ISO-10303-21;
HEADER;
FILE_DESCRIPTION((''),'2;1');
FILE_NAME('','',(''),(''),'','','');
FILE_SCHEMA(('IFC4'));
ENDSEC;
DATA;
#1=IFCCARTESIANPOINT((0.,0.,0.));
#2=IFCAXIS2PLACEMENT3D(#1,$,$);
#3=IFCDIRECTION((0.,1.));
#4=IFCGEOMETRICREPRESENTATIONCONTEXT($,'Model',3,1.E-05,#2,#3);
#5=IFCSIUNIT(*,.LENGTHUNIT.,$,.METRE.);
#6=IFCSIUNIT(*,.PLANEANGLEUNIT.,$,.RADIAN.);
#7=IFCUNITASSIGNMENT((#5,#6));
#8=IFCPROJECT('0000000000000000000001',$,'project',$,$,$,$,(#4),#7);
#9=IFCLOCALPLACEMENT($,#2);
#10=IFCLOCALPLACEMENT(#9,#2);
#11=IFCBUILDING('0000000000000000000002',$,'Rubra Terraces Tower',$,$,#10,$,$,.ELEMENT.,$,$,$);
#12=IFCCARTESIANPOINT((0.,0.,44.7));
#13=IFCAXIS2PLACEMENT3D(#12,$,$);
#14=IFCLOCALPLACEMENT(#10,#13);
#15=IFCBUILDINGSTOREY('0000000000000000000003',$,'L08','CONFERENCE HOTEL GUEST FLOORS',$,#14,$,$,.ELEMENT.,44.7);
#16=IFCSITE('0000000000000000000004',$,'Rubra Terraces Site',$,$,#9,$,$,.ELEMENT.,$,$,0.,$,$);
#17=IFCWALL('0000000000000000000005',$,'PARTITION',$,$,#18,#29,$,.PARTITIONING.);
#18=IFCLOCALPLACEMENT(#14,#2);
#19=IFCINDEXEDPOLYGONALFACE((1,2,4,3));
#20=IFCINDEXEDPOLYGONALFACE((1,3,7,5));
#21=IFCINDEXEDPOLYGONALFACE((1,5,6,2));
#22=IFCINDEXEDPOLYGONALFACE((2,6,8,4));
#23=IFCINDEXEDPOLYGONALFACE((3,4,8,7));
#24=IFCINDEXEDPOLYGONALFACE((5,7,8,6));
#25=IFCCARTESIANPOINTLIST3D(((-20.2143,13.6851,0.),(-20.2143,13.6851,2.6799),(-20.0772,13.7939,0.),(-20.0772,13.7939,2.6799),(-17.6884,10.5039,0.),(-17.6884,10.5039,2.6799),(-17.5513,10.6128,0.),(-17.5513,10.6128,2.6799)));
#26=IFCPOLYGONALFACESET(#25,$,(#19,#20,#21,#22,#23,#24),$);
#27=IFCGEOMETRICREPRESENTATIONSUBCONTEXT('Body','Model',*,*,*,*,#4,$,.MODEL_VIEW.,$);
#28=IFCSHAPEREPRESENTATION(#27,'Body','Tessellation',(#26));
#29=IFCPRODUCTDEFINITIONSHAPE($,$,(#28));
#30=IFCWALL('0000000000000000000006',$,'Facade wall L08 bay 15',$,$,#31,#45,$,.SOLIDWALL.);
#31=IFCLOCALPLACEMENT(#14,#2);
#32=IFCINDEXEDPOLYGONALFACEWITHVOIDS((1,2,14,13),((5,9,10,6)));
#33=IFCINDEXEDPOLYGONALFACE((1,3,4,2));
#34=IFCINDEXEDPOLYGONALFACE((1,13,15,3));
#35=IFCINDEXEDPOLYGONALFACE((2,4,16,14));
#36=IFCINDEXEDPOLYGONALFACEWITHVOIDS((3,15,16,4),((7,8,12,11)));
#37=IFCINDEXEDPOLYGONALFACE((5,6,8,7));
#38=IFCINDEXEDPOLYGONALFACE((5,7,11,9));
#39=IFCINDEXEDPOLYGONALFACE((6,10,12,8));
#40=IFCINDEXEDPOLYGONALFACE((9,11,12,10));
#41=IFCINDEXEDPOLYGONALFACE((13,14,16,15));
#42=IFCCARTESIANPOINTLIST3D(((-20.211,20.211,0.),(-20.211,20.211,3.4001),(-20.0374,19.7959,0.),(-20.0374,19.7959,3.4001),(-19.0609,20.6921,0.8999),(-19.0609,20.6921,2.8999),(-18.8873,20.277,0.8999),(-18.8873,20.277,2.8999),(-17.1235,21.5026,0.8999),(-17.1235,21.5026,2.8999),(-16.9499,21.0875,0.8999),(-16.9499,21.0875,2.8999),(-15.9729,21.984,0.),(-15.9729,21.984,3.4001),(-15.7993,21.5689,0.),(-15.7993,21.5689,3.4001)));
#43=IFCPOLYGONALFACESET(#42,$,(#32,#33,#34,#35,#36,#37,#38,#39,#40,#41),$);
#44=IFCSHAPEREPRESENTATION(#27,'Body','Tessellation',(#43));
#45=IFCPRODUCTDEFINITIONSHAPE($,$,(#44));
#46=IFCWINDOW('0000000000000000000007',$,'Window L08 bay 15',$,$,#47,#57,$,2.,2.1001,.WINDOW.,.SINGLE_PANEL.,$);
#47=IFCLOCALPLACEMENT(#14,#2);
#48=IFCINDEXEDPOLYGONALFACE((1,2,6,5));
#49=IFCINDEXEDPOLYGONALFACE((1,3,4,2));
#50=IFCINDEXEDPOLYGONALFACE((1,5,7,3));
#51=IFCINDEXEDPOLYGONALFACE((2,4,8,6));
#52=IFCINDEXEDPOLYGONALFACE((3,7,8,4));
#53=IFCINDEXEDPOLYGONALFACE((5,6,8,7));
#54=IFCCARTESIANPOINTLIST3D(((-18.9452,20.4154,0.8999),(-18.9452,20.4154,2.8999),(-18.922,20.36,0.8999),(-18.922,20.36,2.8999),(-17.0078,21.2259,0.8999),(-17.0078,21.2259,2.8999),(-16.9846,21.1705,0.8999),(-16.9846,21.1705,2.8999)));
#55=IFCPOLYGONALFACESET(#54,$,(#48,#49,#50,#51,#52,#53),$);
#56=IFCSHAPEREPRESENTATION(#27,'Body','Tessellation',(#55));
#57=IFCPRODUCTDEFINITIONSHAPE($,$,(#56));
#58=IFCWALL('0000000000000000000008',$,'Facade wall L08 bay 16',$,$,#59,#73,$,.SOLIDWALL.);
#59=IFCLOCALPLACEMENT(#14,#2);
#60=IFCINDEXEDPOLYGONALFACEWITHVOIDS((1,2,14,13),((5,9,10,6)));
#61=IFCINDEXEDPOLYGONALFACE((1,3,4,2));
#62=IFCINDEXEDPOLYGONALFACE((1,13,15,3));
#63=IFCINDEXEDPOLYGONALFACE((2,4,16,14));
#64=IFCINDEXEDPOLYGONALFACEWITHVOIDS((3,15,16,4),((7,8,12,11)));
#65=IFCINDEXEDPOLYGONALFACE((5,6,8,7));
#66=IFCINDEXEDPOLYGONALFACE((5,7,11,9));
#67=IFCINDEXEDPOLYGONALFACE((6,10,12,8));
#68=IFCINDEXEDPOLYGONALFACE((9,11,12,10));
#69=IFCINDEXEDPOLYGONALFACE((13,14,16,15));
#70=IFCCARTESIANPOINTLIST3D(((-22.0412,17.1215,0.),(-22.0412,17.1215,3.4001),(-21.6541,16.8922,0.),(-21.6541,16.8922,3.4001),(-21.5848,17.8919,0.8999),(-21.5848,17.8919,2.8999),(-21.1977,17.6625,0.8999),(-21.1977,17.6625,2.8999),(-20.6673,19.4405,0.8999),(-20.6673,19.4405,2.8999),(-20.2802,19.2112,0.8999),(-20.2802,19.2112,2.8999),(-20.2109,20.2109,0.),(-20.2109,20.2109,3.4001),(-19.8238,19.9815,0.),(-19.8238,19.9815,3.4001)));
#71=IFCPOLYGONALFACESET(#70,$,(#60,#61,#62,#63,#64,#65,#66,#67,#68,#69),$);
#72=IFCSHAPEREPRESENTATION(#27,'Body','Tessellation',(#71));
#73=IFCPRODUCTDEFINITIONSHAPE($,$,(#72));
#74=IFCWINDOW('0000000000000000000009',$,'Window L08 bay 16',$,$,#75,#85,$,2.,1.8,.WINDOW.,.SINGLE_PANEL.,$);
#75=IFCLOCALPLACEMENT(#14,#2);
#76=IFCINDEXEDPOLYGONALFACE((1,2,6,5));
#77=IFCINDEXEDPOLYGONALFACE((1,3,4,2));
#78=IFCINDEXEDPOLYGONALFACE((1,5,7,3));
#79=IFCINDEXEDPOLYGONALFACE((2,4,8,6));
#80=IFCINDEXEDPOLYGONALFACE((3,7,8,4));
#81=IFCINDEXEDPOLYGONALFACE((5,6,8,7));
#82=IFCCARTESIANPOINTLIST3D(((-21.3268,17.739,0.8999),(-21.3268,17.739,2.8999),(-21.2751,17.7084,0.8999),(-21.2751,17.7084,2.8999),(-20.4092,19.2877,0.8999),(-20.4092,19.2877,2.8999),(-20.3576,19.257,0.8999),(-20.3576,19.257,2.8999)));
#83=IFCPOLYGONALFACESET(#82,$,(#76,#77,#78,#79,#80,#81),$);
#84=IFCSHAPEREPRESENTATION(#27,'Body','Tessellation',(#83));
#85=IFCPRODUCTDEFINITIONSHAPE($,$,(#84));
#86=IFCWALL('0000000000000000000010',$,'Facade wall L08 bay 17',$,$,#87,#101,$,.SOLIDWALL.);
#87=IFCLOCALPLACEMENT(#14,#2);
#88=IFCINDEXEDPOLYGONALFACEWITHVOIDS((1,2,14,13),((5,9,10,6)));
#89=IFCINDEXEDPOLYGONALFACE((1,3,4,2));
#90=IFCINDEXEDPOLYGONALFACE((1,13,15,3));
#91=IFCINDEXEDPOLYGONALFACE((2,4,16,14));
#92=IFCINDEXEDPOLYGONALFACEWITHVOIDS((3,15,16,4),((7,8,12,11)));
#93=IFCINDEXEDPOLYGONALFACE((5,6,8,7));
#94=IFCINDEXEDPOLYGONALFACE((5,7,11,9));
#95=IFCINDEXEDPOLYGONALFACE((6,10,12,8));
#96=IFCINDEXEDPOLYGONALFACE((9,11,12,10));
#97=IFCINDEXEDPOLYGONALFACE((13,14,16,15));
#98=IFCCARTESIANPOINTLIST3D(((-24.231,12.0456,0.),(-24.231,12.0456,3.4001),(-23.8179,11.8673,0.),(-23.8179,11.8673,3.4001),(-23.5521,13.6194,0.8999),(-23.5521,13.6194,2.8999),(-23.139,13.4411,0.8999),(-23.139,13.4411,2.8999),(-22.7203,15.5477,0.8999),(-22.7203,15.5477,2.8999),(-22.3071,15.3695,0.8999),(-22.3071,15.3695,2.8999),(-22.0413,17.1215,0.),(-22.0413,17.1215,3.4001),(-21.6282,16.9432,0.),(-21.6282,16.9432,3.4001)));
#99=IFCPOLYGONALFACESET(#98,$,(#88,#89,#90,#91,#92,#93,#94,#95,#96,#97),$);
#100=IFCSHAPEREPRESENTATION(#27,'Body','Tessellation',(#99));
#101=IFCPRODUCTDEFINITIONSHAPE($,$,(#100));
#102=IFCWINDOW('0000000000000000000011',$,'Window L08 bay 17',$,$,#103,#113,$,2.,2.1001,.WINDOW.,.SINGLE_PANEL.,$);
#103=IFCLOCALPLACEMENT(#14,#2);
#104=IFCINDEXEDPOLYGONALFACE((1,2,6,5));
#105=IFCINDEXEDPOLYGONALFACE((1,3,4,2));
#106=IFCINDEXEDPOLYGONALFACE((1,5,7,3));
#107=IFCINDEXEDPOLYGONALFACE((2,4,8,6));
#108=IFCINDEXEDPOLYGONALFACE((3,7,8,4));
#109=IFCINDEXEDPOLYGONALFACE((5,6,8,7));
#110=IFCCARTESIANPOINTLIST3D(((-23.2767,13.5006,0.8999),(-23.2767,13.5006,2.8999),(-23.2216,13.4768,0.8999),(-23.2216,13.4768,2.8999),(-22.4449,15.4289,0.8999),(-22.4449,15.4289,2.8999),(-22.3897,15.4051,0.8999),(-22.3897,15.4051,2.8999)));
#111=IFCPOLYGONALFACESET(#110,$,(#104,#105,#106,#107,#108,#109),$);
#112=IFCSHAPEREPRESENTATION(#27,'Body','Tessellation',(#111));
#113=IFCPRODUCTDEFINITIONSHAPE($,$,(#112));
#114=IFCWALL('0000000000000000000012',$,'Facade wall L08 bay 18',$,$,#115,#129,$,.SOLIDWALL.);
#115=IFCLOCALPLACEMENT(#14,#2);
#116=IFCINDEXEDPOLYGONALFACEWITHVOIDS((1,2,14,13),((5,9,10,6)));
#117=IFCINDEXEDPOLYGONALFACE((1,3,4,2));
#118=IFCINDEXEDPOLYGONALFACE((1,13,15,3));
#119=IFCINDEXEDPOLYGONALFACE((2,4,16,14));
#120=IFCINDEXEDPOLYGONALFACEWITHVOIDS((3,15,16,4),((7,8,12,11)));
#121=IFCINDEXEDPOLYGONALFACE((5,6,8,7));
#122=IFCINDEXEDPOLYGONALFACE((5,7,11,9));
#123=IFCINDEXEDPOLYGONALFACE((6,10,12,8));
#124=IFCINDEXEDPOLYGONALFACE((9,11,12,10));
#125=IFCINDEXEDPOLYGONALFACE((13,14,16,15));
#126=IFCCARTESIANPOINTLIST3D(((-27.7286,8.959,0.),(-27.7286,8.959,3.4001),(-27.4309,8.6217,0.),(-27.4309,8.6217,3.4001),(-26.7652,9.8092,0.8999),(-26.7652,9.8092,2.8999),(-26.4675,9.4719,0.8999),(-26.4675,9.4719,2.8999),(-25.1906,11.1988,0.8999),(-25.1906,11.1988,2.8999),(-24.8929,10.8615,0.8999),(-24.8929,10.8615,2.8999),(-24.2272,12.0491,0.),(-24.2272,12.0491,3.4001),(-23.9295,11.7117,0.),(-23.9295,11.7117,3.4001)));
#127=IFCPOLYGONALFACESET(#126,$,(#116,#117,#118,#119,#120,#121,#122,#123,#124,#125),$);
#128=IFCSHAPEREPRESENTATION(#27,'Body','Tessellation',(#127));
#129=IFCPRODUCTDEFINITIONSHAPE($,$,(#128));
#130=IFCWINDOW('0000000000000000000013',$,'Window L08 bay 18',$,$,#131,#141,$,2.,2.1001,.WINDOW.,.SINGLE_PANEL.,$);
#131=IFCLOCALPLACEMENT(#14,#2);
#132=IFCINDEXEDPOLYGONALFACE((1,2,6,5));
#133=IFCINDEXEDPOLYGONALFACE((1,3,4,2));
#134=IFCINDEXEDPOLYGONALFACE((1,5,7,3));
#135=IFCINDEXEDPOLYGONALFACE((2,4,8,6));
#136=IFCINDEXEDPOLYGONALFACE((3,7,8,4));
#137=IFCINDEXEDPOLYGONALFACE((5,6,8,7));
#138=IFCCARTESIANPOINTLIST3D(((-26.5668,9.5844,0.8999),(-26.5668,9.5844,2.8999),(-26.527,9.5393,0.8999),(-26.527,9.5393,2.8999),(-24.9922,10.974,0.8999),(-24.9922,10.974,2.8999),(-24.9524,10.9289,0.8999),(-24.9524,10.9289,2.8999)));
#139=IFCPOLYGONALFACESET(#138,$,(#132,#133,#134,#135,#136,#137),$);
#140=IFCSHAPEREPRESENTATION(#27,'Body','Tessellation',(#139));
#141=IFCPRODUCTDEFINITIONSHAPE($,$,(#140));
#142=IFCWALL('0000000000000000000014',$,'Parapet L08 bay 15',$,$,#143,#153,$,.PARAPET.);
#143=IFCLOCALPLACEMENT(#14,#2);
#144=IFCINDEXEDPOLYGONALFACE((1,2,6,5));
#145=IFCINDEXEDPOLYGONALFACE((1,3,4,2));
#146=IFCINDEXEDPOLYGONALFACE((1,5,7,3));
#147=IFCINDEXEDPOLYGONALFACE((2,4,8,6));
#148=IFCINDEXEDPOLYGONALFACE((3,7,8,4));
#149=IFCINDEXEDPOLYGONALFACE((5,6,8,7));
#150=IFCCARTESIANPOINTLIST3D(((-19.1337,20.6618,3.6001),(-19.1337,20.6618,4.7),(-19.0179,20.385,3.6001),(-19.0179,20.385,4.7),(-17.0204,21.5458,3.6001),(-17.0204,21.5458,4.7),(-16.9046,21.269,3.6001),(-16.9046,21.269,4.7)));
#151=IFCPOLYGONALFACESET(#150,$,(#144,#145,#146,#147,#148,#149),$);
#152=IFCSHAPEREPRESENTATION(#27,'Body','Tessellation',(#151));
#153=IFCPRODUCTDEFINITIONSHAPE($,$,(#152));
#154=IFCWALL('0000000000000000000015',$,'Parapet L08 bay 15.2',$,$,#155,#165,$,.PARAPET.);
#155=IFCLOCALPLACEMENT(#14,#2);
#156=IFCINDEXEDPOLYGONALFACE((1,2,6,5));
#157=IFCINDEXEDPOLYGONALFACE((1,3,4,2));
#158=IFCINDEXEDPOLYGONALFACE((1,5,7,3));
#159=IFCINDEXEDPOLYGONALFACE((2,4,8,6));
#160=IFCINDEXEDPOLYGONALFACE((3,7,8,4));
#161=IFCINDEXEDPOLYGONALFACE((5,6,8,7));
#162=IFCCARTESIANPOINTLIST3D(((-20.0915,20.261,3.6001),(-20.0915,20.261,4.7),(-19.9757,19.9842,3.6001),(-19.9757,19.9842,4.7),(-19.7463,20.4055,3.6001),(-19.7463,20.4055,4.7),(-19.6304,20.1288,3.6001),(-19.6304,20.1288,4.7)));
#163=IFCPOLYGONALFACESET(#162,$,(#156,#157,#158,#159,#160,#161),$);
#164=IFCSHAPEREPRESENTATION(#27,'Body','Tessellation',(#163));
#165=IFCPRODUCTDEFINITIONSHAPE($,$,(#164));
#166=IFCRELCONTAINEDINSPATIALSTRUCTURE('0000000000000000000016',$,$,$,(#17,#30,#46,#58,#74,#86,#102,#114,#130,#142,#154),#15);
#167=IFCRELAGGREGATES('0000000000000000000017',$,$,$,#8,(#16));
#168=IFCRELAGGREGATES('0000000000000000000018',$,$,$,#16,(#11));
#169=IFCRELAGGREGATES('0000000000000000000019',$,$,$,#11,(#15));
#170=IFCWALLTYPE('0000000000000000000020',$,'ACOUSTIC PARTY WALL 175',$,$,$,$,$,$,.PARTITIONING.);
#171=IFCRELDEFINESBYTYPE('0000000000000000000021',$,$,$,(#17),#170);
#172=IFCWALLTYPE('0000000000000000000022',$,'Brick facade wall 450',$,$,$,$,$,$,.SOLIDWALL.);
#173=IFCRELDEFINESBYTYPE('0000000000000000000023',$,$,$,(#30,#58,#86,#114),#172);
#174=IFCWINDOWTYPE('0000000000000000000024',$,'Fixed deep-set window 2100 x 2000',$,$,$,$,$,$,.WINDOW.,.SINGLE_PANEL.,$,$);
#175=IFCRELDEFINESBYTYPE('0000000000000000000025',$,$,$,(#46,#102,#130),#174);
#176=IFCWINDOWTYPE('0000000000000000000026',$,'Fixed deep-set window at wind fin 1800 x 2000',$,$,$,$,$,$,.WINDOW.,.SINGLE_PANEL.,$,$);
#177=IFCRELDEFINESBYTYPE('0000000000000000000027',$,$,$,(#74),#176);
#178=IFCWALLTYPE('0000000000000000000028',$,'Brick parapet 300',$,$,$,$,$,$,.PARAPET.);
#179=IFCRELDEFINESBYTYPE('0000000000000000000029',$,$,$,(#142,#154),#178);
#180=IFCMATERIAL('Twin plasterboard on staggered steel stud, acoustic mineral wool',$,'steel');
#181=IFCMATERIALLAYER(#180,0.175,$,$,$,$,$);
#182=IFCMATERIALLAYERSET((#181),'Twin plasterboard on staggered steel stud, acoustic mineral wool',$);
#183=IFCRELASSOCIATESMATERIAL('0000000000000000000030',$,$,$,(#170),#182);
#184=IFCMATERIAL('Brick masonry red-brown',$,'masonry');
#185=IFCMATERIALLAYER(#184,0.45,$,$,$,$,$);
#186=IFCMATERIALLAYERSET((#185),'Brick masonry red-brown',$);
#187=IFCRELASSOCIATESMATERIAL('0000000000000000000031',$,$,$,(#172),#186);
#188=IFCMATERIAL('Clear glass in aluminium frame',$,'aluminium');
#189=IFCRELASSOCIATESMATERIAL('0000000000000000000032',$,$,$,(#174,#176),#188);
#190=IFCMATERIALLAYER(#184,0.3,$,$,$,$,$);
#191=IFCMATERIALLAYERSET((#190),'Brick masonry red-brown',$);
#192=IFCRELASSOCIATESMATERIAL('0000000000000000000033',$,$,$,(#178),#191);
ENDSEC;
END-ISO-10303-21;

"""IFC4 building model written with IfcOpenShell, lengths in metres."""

from ifc_helpers import new_model, si_unit, direction, frame, frame_2d, origin, place, context, subcontext, project, spatial, rectangle, extrude, material, layer, layer_set, type_object, element, fill, save


model = new_model("IFC4")

# Units and contexts
model_context = context("Model", 3, precision=1e-05, world=origin(), true_north=direction((0.0, 1.0)))
body_context = subcontext(model_context, "Body", "Model", "MODEL_VIEW")
ifc_project = project(units=[si_unit("LENGTHUNIT", "METRE"), si_unit("PLANEANGLEUNIT", "RADIAN")], contexts=[model_context])

# Site, building, storey
site_placement = place(None, origin())
site = spatial("IfcSite", under=ifc_project, at=site_placement, Name="Rubra Terraces Site", CompositionType="ELEMENT", RefElevation=0.0)
building_placement = place(site_placement, origin())
building = spatial("IfcBuilding", under=site, at=building_placement, Name="Rubra Terraces Tower", CompositionType="ELEMENT")
storey_placement = place(building_placement, frame((0.0, 0.0, 44.7)))
storey = spatial("IfcBuildingStorey", under=building, at=storey_placement, Name="L08", Description="CONFERENCE HOTEL GUEST FLOORS", CompositionType="ELEMENT", Elevation=44.7)

# Wall
ifc_material_1 = material(Name="Twin plasterboard on staggered steel stud, acoustic mineral wool", Category="steel")
ifc_layer_1 = layer(ifc_material_1, 0.175)
ifc_layer_set_1 = layer_set([ifc_layer_1], Name="Twin plasterboard on staggered steel stud, acoustic mineral wool")
wall_type_1 = type_object("IfcWallType", Name="ACOUSTIC PARTY WALL 175", PredefinedType="PARTITIONING", material=ifc_layer_set_1)
wall_1_placement = place(storey_placement, frame((-20.1458, 13.7395, 0.0), z_axis=(0.0, 0.0, 1.0), x_axis=(0.621832, -0.78315, 0.0)))
element("IfcWall", 1, at=wall_1_placement, inside=storey, type_object=wall_type_1, Name="PARTITION", PredefinedType="PARTITIONING", context=body_context, shape_type="SweptSolid", body=[
    extrude(rectangle(XDim=4.062, YDim=0.175, at=frame_2d((2.031, 0.0))), origin(), (0.0, 0.0, 1.0), 2.6799),
])

# Walls, openings, windows
ifc_material_2 = material(Name="Brick masonry red-brown", Category="masonry")
ifc_layer_2 = layer(ifc_material_2, 0.45)
ifc_layer_set_2 = layer_set([ifc_layer_2], Name="Brick masonry red-brown")
wall_type_2 = type_object("IfcWallType", Name="Brick facade wall 450", PredefinedType="SOLIDWALL", material=ifc_layer_set_2)
wall_2_placement = place(storey_placement, frame((-15.8862, 21.7764, 0.0), z_axis=(0.0, 0.0, 1.0), x_axis=(-0.922527, -0.385932, 0.0)))
wall_2 = element("IfcWall", 2, at=wall_2_placement, inside=storey, type_object=wall_type_2, Name="Facade wall L08 bay 15", PredefinedType="SOLIDWALL", context=body_context, shape_type="SweptSolid", body=[
    extrude(rectangle(XDim=4.594, YDim=0.45, at=frame_2d((2.2969, 0.0))), origin(), (0.0, 0.0, 1.0), 3.4001),
])
opening_1_placement = place(wall_2_placement, frame((1.2471, 0.0, 0.8999)))
opening_1 = element("IfcOpeningElement", 3, at=opening_1_placement, cuts=wall_2, PredefinedType="OPENING", context=body_context, shape_type="SweptSolid", body=[
    extrude(rectangle(XDim=2.1001, YDim=2.0, at=frame_2d((1.05, 1.0))), frame((0.0, 0.2349, 0.0), z_axis=(0.0, -1.0, 0.0), x_axis=(1.0, 0.0, 0.0)), (0.0, 0.0, 1.0), 0.47),
])
ifc_material_3 = material(Name="Clear glass in aluminium frame", Category="aluminium")
window_type_1 = type_object("IfcWindowType", Name="Fixed deep-set window 2100 x 2000", PartitioningType="SINGLE_PANEL", PredefinedType="WINDOW", material=ifc_material_3)
window_1_placement = place(opening_1_placement, origin())
window_1 = element("IfcWindow", 4, at=window_1_placement, inside=storey, type_object=window_type_1, Name="Window L08 bay 15", OverallHeight=2.0, OverallWidth=2.1001, PartitioningType="SINGLE_PANEL", PredefinedType="WINDOW", context=body_context, shape_type="SweptSolid", body=[
    extrude(rectangle(XDim=2.1001, YDim=2.0, at=frame_2d((1.05, 1.0))), frame((0.0, 0.135, 0.0), z_axis=(0.0, -1.0, 0.0), x_axis=(1.0, 0.0, 0.0)), (0.0, 0.0, 1.0), 0.0601),
])
fill(opening_1, window_1)
wall_3_placement = place(storey_placement, frame((-20.0173, 20.0962, 0.0), z_axis=(0.0, 0.0, 1.0), x_axis=(-0.509719, -0.860341, 0.0)))
wall_3 = element("IfcWall", 5, at=wall_3_placement, inside=storey, type_object=wall_type_2, Name="Facade wall L08 bay 16", PredefinedType="SOLIDWALL", context=body_context, shape_type="SweptSolid", body=[
    extrude(rectangle(XDim=3.5908, YDim=0.45, at=frame_2d((1.7954, 0.0))), origin(), (0.0, 0.0, 1.0), 3.4001),
])
opening_2_placement = place(wall_3_placement, frame((0.8955, 0.0, 0.8999)))
opening_2 = element("IfcOpeningElement", 6, at=opening_2_placement, cuts=wall_3, PredefinedType="OPENING", context=body_context, shape_type="SweptSolid", body=[
    extrude(rectangle(XDim=1.8, YDim=2.0, at=frame_2d((0.8999, 1.0))), frame((0.0, 0.2349, 0.0), z_axis=(0.0, -1.0, 0.0), x_axis=(1.0, 0.0, 0.0)), (0.0, 0.0, 1.0), 0.47),
])
window_type_2 = type_object("IfcWindowType", Name="Fixed deep-set window at wind fin 1800 x 2000", PartitioningType="SINGLE_PANEL", PredefinedType="WINDOW", material=ifc_material_3)
window_2_placement = place(opening_2_placement, origin())
window_2 = element("IfcWindow", 7, at=window_2_placement, inside=storey, type_object=window_type_2, Name="Window L08 bay 16", OverallHeight=2.0, OverallWidth=1.8, PartitioningType="SINGLE_PANEL", PredefinedType="WINDOW", context=body_context, shape_type="SweptSolid", body=[
    extrude(rectangle(XDim=1.8, YDim=2.0, at=frame_2d((0.8999, 1.0))), frame((0.0, 0.135, 0.0), z_axis=(0.0, -1.0, 0.0), x_axis=(1.0, 0.0, 0.0)), (0.0, 0.0, 1.0), 0.0601),
])
fill(opening_2, window_2)
wall_4_placement = place(storey_placement, frame((-21.8347, 17.0325, 0.0), z_axis=(0.0, 0.0, 1.0), x_axis=(-0.396104, -0.918206, 0.0)))
wall_4 = element("IfcWall", 8, at=wall_4_placement, inside=storey, type_object=wall_type_2, Name="Facade wall L08 bay 17", PredefinedType="SOLIDWALL", context=body_context, shape_type="SweptSolid", body=[
    extrude(rectangle(XDim=5.5281, YDim=0.45, at=frame_2d((2.7642, 0.0))), origin(), (0.0, 0.0, 1.0), 3.4001),
])
opening_3_placement = place(wall_4_placement, frame((1.7141, 0.0, 0.8999)))
opening_3 = element("IfcOpeningElement", 9, at=opening_3_placement, cuts=wall_4, PredefinedType="OPENING", context=body_context, shape_type="SweptSolid", body=[
    extrude(rectangle(XDim=2.1001, YDim=2.0, at=frame_2d((1.05, 1.0))), frame((0.0, 0.2349, 0.0), z_axis=(0.0, -1.0, 0.0), x_axis=(1.0, 0.0, 0.0)), (0.0, 0.0, 1.0), 0.47),
])
window_3_placement = place(opening_3_placement, origin())
window_3 = element("IfcWindow", 10, at=window_3_placement, inside=storey, type_object=window_type_1, Name="Window L08 bay 17", OverallHeight=2.0, OverallWidth=2.1001, PartitioningType="SINGLE_PANEL", PredefinedType="WINDOW", context=body_context, shape_type="SweptSolid", body=[
    extrude(rectangle(XDim=2.1001, YDim=2.0, at=frame_2d((1.05, 1.0))), frame((0.0, 0.135, 0.0), z_axis=(0.0, -1.0, 0.0), x_axis=(1.0, 0.0, 0.0)), (0.0, 0.0, 1.0), 0.0601),
])
fill(opening_3, window_3)
wall_5_placement = place(storey_placement, frame((-24.0784, 11.8804, 0.0), z_axis=(0.0, 0.0, 1.0), x_axis=(-0.749778, -0.661689, 0.0)))
wall_5 = element("IfcWall", 11, at=wall_5_placement, inside=storey, type_object=wall_type_2, Name="Facade wall L08 bay 18", PredefinedType="SOLIDWALL", context=body_context, shape_type="SweptSolid", body=[
    extrude(rectangle(XDim=4.6699, YDim=0.45, at=frame_2d((2.335, 0.0))), origin(), (0.0, 0.0, 1.0), 3.4001),
])
opening_4_placement = place(wall_5_placement, frame((1.2849, 0.0, 0.8999)))
opening_4 = element("IfcOpeningElement", 12, at=opening_4_placement, cuts=wall_5, PredefinedType="OPENING", context=body_context, shape_type="SweptSolid", body=[
    extrude(rectangle(XDim=2.1001, YDim=2.0, at=frame_2d((1.05, 1.0))), frame((0.0, 0.2349, 0.0), z_axis=(0.0, -1.0, 0.0), x_axis=(1.0, 0.0, 0.0)), (0.0, 0.0, 1.0), 0.47),
])
window_4_placement = place(opening_4_placement, origin())
window_4 = element("IfcWindow", 13, at=window_4_placement, inside=storey, type_object=window_type_1, Name="Window L08 bay 18", OverallHeight=2.0, OverallWidth=2.1001, PartitioningType="SINGLE_PANEL", PredefinedType="WINDOW", context=body_context, shape_type="SweptSolid", body=[
    extrude(rectangle(XDim=2.1001, YDim=2.0, at=frame_2d((1.05, 1.0))), frame((0.0, 0.135, 0.0), z_axis=(0.0, -1.0, 0.0), x_axis=(1.0, 0.0, 0.0)), (0.0, 0.0, 1.0), 0.0601),
])
fill(opening_4, window_4)

# Walls
ifc_layer_3 = layer(ifc_material_2, 0.3)
ifc_layer_set_3 = layer_set([ifc_layer_3], Name="Brick masonry red-brown")
wall_type_3 = type_object("IfcWallType", Name="Brick parapet 300", PredefinedType="PARAPET", material=ifc_layer_set_3)
wall_6_placement = place(storey_placement, frame((-16.9624, 21.4075, 3.6001), z_axis=(0.0, 0.0, 1.0), x_axis=(-0.922534, -0.385917, 0.0)))
element("IfcWall", 14, at=wall_6_placement, inside=storey, type_object=wall_type_3, Name="Parapet L08 bay 15", PredefinedType="PARAPET", context=body_context, shape_type="SweptSolid", body=[
    extrude(rectangle(XDim=2.2908, YDim=0.3, at=frame_2d((1.1455, 0.0))), origin(), (0.0, 0.0, 1.0), 1.0999),
])
wall_7_placement = place(storey_placement, frame((-19.6885, 20.2671, 3.6001), z_axis=(0.0, 0.0, 1.0), x_axis=(-0.922419, -0.38619, 0.0)))
element("IfcWall", 15, at=wall_7_placement, inside=storey, type_object=wall_type_3, Name="Parapet L08 bay 15.2", PredefinedType="PARAPET", context=body_context, shape_type="SweptSolid", body=[
    extrude(rectangle(XDim=0.3743, YDim=0.3, at=frame_2d((0.187, 0.0))), origin(), (0.0, 0.0, 1.0), 1.0999),
])

save(model, "model.ifc")
